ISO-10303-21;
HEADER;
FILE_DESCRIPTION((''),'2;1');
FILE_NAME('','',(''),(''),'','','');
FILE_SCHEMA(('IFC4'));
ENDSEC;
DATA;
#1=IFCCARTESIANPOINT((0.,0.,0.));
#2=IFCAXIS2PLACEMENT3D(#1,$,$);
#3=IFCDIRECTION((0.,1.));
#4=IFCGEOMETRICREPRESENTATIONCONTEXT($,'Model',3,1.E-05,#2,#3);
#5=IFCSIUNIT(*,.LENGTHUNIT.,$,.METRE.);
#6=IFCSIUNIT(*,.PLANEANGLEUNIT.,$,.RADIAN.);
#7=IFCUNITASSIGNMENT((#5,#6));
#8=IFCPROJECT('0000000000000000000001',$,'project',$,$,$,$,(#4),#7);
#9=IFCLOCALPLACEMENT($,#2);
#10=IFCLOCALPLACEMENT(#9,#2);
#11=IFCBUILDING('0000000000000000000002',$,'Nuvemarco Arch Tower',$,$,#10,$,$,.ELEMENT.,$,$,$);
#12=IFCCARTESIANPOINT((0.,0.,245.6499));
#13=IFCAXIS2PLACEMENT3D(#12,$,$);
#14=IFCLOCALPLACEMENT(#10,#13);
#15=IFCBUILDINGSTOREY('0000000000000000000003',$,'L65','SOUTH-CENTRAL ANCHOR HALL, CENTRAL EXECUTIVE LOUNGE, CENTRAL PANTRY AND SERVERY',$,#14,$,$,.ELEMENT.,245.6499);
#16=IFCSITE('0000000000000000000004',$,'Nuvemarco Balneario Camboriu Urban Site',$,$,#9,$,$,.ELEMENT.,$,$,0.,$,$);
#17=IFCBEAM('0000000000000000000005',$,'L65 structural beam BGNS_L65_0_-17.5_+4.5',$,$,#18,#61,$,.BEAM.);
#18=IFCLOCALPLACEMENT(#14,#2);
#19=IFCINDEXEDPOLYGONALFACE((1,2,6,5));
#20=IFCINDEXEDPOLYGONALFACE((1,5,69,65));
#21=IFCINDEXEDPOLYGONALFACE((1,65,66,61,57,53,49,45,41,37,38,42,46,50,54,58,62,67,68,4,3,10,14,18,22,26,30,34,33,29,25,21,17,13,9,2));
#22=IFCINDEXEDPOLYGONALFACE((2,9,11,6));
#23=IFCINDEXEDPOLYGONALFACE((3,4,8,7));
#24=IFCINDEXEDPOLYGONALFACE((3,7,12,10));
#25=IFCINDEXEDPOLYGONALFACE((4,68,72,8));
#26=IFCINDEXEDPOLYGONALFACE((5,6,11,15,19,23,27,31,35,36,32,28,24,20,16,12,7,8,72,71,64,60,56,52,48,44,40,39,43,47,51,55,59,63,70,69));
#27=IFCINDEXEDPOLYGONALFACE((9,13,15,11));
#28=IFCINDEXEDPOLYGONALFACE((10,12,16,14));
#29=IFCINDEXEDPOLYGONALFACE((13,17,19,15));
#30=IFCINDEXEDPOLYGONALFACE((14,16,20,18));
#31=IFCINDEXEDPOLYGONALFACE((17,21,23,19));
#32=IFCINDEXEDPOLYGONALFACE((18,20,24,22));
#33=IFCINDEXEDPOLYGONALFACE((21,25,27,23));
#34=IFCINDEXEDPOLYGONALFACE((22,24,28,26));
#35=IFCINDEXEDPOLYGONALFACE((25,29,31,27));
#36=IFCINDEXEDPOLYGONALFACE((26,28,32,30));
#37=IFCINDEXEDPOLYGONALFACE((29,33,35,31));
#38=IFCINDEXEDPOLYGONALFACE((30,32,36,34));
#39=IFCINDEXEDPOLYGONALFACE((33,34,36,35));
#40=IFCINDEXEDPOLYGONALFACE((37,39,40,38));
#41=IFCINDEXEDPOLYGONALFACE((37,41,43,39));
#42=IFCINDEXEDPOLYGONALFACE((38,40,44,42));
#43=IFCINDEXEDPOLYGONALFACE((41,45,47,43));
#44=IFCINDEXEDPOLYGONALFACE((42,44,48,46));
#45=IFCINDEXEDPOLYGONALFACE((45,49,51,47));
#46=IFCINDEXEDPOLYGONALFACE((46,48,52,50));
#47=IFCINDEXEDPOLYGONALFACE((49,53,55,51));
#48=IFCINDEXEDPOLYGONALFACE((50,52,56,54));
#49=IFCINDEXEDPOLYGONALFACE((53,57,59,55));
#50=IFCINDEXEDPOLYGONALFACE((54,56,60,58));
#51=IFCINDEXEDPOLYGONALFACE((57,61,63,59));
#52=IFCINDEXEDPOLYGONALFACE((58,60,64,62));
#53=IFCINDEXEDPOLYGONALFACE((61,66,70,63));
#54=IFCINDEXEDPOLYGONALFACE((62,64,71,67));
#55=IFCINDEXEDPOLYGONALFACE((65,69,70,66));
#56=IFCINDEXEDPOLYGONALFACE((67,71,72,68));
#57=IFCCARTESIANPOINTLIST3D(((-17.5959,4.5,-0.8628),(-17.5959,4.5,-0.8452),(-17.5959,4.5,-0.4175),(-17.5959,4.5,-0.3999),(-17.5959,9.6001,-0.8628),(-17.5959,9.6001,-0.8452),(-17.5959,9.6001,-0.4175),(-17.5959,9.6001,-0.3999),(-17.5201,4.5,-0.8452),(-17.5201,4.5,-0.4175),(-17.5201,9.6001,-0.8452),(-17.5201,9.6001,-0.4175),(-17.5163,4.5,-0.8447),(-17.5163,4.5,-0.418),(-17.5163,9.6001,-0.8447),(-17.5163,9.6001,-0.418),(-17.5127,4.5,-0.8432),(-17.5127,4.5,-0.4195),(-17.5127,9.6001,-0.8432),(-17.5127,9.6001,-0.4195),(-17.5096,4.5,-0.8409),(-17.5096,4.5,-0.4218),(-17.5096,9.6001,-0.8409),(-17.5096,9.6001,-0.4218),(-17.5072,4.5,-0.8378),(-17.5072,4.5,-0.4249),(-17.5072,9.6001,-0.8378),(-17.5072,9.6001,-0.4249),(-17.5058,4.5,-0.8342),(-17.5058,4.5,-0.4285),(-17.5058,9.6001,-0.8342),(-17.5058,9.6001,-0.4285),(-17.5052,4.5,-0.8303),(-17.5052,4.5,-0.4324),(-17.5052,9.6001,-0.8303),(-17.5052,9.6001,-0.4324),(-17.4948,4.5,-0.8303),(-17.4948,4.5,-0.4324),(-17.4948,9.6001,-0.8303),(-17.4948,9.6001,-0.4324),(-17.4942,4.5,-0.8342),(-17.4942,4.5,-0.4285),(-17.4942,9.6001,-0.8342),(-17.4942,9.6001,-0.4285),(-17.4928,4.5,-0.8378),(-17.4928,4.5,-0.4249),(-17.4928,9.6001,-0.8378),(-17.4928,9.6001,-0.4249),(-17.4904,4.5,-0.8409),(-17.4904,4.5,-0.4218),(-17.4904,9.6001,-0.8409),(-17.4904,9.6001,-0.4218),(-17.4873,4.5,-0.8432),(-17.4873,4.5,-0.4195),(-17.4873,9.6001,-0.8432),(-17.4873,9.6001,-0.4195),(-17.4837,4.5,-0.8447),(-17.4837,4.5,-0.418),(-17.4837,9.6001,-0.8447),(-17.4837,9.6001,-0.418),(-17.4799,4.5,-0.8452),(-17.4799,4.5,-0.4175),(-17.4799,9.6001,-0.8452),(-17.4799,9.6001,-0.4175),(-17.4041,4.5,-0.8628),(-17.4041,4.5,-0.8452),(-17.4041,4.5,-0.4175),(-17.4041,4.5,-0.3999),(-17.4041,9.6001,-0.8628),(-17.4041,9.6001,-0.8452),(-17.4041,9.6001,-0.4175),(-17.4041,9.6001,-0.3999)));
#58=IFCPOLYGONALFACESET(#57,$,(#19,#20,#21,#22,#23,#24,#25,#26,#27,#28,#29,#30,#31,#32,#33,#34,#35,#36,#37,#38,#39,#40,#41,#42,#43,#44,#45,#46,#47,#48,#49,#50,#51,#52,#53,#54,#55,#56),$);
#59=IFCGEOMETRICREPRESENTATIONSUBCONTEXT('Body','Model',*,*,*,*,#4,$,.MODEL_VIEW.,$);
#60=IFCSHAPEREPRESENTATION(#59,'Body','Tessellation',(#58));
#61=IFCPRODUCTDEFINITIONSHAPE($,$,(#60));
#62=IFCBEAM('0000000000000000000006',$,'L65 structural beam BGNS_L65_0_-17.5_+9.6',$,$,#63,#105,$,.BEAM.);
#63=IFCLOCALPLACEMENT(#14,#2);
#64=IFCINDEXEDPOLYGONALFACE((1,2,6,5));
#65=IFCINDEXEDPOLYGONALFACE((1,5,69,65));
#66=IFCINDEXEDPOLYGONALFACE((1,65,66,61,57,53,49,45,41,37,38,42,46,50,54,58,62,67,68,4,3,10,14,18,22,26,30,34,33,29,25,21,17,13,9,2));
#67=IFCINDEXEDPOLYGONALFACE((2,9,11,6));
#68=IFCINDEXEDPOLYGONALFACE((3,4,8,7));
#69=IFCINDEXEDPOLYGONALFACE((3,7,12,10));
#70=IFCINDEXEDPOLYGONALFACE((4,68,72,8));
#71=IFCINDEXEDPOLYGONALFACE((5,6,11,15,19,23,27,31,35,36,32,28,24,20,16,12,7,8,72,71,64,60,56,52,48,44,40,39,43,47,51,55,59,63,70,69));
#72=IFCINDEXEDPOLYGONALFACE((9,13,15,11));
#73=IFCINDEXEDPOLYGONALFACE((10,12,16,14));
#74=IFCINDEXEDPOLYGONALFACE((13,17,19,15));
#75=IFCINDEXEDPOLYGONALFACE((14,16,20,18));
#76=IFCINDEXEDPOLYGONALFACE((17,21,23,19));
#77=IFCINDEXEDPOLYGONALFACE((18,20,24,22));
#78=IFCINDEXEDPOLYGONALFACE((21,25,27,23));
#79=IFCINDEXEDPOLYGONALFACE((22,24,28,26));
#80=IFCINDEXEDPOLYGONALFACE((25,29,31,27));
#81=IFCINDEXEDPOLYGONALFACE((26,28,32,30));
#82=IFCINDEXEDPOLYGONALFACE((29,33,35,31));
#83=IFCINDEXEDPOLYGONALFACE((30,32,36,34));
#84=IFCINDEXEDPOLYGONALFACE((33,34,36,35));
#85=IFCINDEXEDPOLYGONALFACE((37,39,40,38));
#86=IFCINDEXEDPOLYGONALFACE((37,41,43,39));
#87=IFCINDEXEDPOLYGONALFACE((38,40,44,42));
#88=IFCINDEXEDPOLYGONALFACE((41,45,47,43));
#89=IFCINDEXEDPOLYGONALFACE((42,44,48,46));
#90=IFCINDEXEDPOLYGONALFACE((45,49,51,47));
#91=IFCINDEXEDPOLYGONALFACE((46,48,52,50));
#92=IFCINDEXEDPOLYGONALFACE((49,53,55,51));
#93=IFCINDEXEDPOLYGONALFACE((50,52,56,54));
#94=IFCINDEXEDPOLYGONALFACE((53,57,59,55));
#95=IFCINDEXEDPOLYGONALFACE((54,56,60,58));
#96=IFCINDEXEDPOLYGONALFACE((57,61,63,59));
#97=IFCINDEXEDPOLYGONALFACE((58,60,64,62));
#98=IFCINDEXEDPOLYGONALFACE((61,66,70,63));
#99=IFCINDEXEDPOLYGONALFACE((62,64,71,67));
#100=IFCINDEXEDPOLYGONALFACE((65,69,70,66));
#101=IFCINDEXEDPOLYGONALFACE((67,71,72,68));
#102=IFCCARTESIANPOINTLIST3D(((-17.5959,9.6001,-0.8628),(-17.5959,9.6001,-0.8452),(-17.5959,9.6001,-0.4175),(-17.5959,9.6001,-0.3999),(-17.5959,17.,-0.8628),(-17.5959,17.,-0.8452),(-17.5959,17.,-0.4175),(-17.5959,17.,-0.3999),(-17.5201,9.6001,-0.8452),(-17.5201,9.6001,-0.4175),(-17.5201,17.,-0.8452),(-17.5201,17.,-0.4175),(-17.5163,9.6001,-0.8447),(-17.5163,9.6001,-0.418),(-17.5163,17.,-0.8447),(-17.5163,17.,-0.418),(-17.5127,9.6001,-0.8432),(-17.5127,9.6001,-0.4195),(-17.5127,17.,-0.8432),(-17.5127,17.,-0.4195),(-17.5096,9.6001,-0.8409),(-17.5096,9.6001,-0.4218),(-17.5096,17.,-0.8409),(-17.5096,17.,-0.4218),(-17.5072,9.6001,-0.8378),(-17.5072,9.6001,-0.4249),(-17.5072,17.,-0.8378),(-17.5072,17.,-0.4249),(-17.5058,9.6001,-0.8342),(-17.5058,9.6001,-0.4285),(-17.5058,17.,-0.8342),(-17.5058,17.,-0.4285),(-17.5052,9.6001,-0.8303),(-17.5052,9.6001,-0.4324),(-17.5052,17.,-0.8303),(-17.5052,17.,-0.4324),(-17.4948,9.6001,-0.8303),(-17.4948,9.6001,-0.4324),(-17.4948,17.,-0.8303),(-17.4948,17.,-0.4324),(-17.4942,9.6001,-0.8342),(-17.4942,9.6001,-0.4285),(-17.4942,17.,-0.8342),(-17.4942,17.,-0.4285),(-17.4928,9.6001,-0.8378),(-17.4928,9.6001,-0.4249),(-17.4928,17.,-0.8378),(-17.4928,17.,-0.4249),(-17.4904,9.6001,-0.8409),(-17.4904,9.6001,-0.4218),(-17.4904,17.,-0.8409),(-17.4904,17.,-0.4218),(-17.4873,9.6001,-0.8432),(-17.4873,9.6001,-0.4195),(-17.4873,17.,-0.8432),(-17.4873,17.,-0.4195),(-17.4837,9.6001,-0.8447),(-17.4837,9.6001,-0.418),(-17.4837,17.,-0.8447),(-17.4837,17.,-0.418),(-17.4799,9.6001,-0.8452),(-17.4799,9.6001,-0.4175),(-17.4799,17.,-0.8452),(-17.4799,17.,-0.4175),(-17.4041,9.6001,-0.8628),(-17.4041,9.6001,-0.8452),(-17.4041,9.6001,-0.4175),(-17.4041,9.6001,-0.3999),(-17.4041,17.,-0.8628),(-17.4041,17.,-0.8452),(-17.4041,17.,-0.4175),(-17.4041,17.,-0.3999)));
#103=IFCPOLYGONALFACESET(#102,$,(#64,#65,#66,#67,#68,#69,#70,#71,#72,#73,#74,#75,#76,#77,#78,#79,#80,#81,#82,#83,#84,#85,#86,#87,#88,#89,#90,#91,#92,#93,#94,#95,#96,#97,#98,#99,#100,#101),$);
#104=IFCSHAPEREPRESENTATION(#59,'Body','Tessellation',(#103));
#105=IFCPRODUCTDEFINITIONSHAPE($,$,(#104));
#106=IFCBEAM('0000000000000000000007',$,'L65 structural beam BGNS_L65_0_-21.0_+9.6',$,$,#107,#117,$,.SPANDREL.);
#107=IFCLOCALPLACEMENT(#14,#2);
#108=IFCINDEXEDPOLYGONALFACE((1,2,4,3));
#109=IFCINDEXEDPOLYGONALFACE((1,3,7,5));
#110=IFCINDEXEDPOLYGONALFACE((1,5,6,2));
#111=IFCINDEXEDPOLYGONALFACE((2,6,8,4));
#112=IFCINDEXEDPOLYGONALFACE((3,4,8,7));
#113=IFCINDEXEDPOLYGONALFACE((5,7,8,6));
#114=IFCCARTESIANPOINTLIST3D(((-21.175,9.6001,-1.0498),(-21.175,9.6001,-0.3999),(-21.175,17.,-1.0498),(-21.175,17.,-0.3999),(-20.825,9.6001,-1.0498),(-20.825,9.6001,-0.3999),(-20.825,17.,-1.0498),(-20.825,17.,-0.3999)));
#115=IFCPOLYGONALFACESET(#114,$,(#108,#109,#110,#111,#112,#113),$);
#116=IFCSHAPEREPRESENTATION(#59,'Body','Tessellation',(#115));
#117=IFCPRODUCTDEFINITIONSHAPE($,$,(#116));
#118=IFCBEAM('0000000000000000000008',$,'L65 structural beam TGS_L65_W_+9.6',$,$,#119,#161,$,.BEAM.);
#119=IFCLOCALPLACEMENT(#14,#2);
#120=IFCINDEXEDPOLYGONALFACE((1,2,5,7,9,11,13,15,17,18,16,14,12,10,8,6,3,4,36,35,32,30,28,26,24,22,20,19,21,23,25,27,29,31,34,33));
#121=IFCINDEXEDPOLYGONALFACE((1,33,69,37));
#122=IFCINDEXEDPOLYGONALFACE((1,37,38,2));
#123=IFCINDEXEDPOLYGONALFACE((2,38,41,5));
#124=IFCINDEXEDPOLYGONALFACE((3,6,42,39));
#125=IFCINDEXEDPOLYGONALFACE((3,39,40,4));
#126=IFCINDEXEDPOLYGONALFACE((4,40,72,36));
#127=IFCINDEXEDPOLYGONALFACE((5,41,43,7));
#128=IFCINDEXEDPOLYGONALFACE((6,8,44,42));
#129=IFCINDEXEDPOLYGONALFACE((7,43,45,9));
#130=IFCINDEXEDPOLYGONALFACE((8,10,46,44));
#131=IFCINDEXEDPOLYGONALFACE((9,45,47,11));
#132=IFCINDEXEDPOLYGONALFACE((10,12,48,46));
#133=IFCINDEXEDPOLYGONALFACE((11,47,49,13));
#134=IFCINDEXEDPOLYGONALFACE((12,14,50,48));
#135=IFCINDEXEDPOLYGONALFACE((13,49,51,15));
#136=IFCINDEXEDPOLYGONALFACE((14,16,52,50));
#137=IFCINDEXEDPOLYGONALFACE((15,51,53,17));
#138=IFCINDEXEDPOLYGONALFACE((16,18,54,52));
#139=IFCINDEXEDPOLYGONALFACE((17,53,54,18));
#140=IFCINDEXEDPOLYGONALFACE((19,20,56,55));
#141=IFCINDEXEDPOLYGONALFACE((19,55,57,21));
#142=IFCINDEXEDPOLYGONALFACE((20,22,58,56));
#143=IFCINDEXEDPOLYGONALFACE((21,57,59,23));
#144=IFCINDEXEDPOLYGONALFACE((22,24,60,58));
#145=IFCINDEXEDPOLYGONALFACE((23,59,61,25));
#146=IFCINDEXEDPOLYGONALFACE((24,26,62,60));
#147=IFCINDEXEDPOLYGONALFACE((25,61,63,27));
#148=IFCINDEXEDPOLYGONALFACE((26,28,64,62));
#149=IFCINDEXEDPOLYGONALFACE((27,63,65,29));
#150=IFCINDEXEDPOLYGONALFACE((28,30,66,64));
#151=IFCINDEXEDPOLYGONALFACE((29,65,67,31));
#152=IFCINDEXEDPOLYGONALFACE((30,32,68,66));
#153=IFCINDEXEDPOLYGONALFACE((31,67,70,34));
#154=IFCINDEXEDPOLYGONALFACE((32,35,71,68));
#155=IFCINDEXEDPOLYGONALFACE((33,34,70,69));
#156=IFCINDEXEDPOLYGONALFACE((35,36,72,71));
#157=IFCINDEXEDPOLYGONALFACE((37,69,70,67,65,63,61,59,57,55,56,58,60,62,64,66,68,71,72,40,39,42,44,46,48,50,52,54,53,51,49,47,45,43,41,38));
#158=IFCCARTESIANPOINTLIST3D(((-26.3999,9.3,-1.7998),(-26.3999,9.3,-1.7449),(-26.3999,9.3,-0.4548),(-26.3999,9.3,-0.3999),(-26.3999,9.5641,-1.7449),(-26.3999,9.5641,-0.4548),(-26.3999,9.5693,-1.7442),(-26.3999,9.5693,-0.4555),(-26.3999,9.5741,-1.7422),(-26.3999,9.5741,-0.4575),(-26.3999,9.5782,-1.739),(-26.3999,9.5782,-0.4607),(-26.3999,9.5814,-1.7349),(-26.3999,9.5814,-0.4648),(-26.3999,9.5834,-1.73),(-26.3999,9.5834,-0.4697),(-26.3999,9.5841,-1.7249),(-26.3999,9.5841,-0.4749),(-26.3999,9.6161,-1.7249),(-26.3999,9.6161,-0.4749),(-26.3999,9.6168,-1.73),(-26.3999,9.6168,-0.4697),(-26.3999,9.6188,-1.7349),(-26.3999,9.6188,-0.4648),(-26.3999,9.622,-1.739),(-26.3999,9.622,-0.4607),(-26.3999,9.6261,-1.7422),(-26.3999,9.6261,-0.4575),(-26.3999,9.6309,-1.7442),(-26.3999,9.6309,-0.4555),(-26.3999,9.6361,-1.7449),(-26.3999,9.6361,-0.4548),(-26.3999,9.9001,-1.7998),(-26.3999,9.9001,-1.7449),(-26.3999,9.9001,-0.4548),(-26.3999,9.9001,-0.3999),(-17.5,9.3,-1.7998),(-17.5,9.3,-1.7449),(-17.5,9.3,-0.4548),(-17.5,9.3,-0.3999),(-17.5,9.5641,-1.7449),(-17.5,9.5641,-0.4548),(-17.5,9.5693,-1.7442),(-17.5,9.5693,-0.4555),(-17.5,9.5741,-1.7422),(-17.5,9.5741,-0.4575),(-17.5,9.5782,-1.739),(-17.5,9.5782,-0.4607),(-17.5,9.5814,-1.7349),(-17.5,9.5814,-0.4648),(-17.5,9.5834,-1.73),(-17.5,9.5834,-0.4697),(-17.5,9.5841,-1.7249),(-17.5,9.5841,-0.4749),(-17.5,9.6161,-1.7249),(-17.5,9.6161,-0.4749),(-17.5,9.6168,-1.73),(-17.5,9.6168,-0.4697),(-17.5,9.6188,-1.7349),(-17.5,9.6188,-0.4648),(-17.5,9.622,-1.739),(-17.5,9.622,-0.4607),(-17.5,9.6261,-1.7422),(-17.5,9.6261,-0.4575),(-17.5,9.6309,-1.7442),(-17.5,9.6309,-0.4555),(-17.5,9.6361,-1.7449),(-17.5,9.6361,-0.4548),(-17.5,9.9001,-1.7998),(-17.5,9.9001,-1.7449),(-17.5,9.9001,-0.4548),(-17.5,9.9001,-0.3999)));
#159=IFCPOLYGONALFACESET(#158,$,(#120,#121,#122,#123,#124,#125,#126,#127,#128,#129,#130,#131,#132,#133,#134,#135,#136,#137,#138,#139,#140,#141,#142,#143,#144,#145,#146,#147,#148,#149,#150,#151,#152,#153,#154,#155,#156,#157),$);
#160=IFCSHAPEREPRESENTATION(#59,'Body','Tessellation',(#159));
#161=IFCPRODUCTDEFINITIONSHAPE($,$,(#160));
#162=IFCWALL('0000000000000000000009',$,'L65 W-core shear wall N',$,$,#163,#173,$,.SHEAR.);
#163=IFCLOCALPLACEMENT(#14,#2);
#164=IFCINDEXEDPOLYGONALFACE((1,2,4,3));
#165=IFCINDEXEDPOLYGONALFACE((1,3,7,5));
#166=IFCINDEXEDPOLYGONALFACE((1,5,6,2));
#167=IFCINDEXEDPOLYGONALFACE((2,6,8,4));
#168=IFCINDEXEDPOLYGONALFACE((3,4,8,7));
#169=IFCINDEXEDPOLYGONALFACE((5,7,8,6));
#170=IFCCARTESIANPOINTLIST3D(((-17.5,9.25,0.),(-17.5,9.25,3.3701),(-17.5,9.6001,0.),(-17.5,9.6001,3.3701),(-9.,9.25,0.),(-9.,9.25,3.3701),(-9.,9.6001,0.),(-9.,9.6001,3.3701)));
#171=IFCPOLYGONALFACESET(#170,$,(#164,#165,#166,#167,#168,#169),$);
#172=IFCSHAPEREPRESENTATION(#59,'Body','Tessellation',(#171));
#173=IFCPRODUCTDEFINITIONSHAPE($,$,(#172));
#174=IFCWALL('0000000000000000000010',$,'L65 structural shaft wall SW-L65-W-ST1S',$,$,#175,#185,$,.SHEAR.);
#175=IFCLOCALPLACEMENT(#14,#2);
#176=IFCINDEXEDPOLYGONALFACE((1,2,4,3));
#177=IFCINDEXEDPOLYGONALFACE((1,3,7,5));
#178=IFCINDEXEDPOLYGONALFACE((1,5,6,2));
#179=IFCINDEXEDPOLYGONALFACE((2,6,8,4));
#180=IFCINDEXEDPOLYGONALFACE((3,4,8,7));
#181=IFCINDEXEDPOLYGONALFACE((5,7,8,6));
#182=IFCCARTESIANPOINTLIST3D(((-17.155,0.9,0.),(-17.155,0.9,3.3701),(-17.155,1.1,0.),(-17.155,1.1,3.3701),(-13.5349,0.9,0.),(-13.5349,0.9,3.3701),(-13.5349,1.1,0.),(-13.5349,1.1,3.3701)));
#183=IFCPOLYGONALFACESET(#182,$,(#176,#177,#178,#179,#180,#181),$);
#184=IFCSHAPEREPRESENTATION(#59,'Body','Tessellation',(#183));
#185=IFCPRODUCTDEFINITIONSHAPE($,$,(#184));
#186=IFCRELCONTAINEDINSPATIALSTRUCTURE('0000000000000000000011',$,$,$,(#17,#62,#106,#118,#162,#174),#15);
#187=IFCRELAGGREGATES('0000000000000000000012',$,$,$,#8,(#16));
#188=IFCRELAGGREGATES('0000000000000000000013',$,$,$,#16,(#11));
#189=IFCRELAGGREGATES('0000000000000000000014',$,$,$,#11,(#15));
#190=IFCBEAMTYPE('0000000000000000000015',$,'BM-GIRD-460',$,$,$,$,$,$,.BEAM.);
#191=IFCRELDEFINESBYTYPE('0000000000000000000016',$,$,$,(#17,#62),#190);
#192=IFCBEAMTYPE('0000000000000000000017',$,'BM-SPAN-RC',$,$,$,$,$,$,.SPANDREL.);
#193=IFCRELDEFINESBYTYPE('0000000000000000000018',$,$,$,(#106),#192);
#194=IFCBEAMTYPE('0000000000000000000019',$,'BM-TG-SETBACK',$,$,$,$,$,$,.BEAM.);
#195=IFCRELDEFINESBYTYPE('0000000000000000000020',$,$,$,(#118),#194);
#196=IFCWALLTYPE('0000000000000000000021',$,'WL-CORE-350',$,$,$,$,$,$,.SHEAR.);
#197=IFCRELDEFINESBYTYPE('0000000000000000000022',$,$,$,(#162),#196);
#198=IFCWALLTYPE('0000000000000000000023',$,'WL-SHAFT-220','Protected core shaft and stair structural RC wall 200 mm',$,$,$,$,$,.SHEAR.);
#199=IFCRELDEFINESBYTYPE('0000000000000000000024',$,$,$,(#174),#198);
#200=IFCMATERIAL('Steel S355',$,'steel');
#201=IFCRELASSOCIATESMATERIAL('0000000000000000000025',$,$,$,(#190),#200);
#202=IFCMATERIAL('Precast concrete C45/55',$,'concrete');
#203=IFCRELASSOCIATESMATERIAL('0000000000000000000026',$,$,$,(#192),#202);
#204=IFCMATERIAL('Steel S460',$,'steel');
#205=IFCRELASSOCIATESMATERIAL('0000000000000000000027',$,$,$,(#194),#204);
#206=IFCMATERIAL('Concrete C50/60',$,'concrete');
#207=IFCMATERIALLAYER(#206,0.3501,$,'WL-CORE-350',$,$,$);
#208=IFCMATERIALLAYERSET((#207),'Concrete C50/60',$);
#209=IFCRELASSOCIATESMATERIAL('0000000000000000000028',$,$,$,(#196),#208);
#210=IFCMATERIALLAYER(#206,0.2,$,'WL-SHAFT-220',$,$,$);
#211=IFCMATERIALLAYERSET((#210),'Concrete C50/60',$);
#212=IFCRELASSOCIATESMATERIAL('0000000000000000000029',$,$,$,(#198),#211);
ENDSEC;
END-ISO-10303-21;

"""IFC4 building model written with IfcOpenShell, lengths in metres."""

from ifc_helpers import new_model, si_unit, direction, frame, frame_2d, origin, origin_2d, place, context, subcontext, project, spatial, rectangle, i_section, extrude, material, layer, layer_set, material_profile, profile_set, type_object, element, save


model = new_model("IFC4")

# Units and contexts
model_context = context("Model", 3, precision=1e-05, world=origin(), true_north=direction((0.0, 1.0)))
body_context = subcontext(model_context, "Body", "Model", "MODEL_VIEW")
ifc_project = project(units=[si_unit("LENGTHUNIT", "METRE"), si_unit("PLANEANGLEUNIT", "RADIAN")], contexts=[model_context])

# Site, building, storey
site_placement = place(None, origin())
site = spatial("IfcSite", under=ifc_project, at=site_placement, Name="Nuvemarco Balneario Camboriu Urban Site", CompositionType="ELEMENT", RefElevation=0.0)
building_placement = place(site_placement, origin())
building = spatial("IfcBuilding", under=site, at=building_placement, Name="Nuvemarco Arch Tower", CompositionType="ELEMENT")
storey_placement = place(building_placement, frame((0.0, 0.0, 245.6499)))
storey = spatial("IfcBuildingStorey", under=building, at=storey_placement, Name="L65", Description="SOUTH-CENTRAL ANCHOR HALL, CENTRAL EXECUTIVE LOUNGE, CENTRAL PANTRY AND SERVERY", CompositionType="ELEMENT", Elevation=245.6499)

# Shared definitions
ifc_material_1 = material(Name="Concrete C50/60", Category="concrete")
ifc_material_2 = material(Name="Steel S355", Category="steel")

# Beams
ifc_material_profile_1 = material_profile(ifc_material_2, i_section(OverallWidth=0.1919, OverallDepth=0.4629, WebThickness=0.0105, FlangeThickness=0.0176, FilletRadius=0.0149, at=origin_2d()), Name="W460x89")
ifc_profile_set_1 = profile_set([ifc_material_profile_1], Name="Steel S355")
beam_type_1 = type_object("IfcBeamType", Name="BM-GIRD-460", PredefinedType="BEAM", material=ifc_profile_set_1)
beam_1_placement = place(storey_placement, frame((-17.5, 4.5, -0.6313), z_axis=(0.0, 1.0, 0.0), x_axis=(-1.0, 0.0, 0.0)))
element("IfcBeam", 1, at=beam_1_placement, inside=storey, type_object=beam_type_1, Name="L65 structural beam BGNS_L65_0_-17.5_+4.5", PredefinedType="BEAM", context=body_context, shape_type="SweptSolid", body=[
    extrude(i_section(OverallWidth=0.1919, OverallDepth=0.4629, WebThickness=0.0105, FlangeThickness=0.0176, FilletRadius=0.0149, at=origin_2d()), origin(), (0.0, 0.0, 1.0), 5.1001),
])
beam_2_placement = place(storey_placement, frame((-17.5, 9.6001, -0.6313), z_axis=(0.0, 1.0, 0.0), x_axis=(-1.0, 0.0, 0.0)))
element("IfcBeam", 2, at=beam_2_placement, inside=storey, type_object=beam_type_1, Name="L65 structural beam BGNS_L65_0_-17.5_+9.6", PredefinedType="BEAM", context=body_context, shape_type="SweptSolid", body=[
    extrude(i_section(OverallWidth=0.1919, OverallDepth=0.4629, WebThickness=0.0105, FlangeThickness=0.0176, FilletRadius=0.0149, at=origin_2d()), origin(), (0.0, 0.0, 1.0), 7.3999),
])
ifc_material_3 = material(Name="Precast concrete C45/55", Category="concrete")
ifc_material_profile_2 = material_profile(ifc_material_3, rectangle(XDim=0.3501, YDim=0.6499, at=origin_2d()), Name="PC-SP-350x650")
ifc_profile_set_2 = profile_set([ifc_material_profile_2], Name="Precast concrete C45/55")
beam_type_2 = type_object("IfcBeamType", Name="BM-SPAN-RC", PredefinedType="SPANDREL", material=ifc_profile_set_2)
beam_3_placement = place(storey_placement, frame((-21.0, 9.6001, -0.7249), z_axis=(0.0, 1.0, 0.0), x_axis=(-1.0, 0.0, 0.0)))
element("IfcBeam", 3, at=beam_3_placement, inside=storey, type_object=beam_type_2, Name="L65 structural beam BGNS_L65_0_-21.0_+9.6", PredefinedType="SPANDREL", context=body_context, shape_type="SweptSolid", body=[
    extrude(rectangle(XDim=0.3501, YDim=0.6499, at=origin_2d()), origin(), (0.0, 0.0, 1.0), 7.3999),
])
ifc_material_4 = material(Name="Steel S460", Category="steel")
ifc_material_profile_3 = material_profile(ifc_material_4, i_section(OverallWidth=0.6001, OverallDepth=1.3999, WebThickness=0.032, FlangeThickness=0.0549, FilletRadius=0.02, at=origin_2d()), Name="PG1400x600")
ifc_profile_set_3 = profile_set([ifc_material_profile_3], Name="Steel S460")
beam_type_3 = type_object("IfcBeamType", Name="BM-TG-SETBACK", PredefinedType="BEAM", material=ifc_profile_set_3)
beam_4_placement = place(storey_placement, frame((-26.3999, 9.6001, -1.0999), z_axis=(1.0, 0.0, 0.0), x_axis=(0.0, 1.0, 0.0)))
element("IfcBeam", 4, at=beam_4_placement, inside=storey, type_object=beam_type_3, Name="L65 structural beam TGS_L65_W_+9.6", PredefinedType="BEAM", context=body_context, shape_type="SweptSolid", body=[
    extrude(i_section(OverallWidth=0.6001, OverallDepth=1.3999, WebThickness=0.032, FlangeThickness=0.0549, FilletRadius=0.02, at=origin_2d()), origin(), (0.0, 0.0, 1.0), 8.8999),
])

# Walls
ifc_layer_1 = layer(ifc_material_1, 0.3501, Name="WL-CORE-350")
ifc_layer_set_1 = layer_set([ifc_layer_1], Name="Concrete C50/60")
wall_type_1 = type_object("IfcWallType", Name="WL-CORE-350", PredefinedType="SHEAR", material=ifc_layer_set_1)
wall_1_placement = place(storey_placement, frame((-17.5, 9.425, 0.0), z_axis=(0.0, 0.0, 1.0), x_axis=(1.0, 0.0, 0.0)))
element("IfcWall", 5, at=wall_1_placement, inside=storey, type_object=wall_type_1, Name="L65 W-core shear wall N", PredefinedType="SHEAR", context=body_context, shape_type="SweptSolid", body=[
    extrude(rectangle(XDim=8.5, YDim=0.3501, at=frame_2d((4.25, 0.0))), origin(), (0.0, 0.0, 1.0), 3.3701),
])
ifc_layer_2 = layer(ifc_material_1, 0.2, Name="WL-SHAFT-220")
ifc_layer_set_2 = layer_set([ifc_layer_2], Name="Concrete C50/60")
wall_type_2 = type_object("IfcWallType", Name="WL-SHAFT-220", Description="Protected core shaft and stair structural RC wall 200 mm", PredefinedType="SHEAR", material=ifc_layer_set_2)
for number, where, z_axis, x_axis, name in (
    (6, (-17.155, 1.0, 0.0), (0.0, 0.0, 1.0), (1.0, 0.0, 0.0), "L65 structural shaft wall SW-L65-W-ST1S"),
):
    element("IfcWall", number, at=place(storey_placement, frame(where, z_axis=z_axis, x_axis=x_axis)), inside=storey, type_object=wall_type_2, Name=name, PredefinedType="SHEAR", context=body_context, shape_type="SweptSolid", body=[
        extrude(rectangle(XDim=3.6201, YDim=0.2, at=frame_2d((1.8101, 0.0))), origin(), (0.0, 0.0, 1.0), 3.3701),
    ])

save(model, "model.ifc")
